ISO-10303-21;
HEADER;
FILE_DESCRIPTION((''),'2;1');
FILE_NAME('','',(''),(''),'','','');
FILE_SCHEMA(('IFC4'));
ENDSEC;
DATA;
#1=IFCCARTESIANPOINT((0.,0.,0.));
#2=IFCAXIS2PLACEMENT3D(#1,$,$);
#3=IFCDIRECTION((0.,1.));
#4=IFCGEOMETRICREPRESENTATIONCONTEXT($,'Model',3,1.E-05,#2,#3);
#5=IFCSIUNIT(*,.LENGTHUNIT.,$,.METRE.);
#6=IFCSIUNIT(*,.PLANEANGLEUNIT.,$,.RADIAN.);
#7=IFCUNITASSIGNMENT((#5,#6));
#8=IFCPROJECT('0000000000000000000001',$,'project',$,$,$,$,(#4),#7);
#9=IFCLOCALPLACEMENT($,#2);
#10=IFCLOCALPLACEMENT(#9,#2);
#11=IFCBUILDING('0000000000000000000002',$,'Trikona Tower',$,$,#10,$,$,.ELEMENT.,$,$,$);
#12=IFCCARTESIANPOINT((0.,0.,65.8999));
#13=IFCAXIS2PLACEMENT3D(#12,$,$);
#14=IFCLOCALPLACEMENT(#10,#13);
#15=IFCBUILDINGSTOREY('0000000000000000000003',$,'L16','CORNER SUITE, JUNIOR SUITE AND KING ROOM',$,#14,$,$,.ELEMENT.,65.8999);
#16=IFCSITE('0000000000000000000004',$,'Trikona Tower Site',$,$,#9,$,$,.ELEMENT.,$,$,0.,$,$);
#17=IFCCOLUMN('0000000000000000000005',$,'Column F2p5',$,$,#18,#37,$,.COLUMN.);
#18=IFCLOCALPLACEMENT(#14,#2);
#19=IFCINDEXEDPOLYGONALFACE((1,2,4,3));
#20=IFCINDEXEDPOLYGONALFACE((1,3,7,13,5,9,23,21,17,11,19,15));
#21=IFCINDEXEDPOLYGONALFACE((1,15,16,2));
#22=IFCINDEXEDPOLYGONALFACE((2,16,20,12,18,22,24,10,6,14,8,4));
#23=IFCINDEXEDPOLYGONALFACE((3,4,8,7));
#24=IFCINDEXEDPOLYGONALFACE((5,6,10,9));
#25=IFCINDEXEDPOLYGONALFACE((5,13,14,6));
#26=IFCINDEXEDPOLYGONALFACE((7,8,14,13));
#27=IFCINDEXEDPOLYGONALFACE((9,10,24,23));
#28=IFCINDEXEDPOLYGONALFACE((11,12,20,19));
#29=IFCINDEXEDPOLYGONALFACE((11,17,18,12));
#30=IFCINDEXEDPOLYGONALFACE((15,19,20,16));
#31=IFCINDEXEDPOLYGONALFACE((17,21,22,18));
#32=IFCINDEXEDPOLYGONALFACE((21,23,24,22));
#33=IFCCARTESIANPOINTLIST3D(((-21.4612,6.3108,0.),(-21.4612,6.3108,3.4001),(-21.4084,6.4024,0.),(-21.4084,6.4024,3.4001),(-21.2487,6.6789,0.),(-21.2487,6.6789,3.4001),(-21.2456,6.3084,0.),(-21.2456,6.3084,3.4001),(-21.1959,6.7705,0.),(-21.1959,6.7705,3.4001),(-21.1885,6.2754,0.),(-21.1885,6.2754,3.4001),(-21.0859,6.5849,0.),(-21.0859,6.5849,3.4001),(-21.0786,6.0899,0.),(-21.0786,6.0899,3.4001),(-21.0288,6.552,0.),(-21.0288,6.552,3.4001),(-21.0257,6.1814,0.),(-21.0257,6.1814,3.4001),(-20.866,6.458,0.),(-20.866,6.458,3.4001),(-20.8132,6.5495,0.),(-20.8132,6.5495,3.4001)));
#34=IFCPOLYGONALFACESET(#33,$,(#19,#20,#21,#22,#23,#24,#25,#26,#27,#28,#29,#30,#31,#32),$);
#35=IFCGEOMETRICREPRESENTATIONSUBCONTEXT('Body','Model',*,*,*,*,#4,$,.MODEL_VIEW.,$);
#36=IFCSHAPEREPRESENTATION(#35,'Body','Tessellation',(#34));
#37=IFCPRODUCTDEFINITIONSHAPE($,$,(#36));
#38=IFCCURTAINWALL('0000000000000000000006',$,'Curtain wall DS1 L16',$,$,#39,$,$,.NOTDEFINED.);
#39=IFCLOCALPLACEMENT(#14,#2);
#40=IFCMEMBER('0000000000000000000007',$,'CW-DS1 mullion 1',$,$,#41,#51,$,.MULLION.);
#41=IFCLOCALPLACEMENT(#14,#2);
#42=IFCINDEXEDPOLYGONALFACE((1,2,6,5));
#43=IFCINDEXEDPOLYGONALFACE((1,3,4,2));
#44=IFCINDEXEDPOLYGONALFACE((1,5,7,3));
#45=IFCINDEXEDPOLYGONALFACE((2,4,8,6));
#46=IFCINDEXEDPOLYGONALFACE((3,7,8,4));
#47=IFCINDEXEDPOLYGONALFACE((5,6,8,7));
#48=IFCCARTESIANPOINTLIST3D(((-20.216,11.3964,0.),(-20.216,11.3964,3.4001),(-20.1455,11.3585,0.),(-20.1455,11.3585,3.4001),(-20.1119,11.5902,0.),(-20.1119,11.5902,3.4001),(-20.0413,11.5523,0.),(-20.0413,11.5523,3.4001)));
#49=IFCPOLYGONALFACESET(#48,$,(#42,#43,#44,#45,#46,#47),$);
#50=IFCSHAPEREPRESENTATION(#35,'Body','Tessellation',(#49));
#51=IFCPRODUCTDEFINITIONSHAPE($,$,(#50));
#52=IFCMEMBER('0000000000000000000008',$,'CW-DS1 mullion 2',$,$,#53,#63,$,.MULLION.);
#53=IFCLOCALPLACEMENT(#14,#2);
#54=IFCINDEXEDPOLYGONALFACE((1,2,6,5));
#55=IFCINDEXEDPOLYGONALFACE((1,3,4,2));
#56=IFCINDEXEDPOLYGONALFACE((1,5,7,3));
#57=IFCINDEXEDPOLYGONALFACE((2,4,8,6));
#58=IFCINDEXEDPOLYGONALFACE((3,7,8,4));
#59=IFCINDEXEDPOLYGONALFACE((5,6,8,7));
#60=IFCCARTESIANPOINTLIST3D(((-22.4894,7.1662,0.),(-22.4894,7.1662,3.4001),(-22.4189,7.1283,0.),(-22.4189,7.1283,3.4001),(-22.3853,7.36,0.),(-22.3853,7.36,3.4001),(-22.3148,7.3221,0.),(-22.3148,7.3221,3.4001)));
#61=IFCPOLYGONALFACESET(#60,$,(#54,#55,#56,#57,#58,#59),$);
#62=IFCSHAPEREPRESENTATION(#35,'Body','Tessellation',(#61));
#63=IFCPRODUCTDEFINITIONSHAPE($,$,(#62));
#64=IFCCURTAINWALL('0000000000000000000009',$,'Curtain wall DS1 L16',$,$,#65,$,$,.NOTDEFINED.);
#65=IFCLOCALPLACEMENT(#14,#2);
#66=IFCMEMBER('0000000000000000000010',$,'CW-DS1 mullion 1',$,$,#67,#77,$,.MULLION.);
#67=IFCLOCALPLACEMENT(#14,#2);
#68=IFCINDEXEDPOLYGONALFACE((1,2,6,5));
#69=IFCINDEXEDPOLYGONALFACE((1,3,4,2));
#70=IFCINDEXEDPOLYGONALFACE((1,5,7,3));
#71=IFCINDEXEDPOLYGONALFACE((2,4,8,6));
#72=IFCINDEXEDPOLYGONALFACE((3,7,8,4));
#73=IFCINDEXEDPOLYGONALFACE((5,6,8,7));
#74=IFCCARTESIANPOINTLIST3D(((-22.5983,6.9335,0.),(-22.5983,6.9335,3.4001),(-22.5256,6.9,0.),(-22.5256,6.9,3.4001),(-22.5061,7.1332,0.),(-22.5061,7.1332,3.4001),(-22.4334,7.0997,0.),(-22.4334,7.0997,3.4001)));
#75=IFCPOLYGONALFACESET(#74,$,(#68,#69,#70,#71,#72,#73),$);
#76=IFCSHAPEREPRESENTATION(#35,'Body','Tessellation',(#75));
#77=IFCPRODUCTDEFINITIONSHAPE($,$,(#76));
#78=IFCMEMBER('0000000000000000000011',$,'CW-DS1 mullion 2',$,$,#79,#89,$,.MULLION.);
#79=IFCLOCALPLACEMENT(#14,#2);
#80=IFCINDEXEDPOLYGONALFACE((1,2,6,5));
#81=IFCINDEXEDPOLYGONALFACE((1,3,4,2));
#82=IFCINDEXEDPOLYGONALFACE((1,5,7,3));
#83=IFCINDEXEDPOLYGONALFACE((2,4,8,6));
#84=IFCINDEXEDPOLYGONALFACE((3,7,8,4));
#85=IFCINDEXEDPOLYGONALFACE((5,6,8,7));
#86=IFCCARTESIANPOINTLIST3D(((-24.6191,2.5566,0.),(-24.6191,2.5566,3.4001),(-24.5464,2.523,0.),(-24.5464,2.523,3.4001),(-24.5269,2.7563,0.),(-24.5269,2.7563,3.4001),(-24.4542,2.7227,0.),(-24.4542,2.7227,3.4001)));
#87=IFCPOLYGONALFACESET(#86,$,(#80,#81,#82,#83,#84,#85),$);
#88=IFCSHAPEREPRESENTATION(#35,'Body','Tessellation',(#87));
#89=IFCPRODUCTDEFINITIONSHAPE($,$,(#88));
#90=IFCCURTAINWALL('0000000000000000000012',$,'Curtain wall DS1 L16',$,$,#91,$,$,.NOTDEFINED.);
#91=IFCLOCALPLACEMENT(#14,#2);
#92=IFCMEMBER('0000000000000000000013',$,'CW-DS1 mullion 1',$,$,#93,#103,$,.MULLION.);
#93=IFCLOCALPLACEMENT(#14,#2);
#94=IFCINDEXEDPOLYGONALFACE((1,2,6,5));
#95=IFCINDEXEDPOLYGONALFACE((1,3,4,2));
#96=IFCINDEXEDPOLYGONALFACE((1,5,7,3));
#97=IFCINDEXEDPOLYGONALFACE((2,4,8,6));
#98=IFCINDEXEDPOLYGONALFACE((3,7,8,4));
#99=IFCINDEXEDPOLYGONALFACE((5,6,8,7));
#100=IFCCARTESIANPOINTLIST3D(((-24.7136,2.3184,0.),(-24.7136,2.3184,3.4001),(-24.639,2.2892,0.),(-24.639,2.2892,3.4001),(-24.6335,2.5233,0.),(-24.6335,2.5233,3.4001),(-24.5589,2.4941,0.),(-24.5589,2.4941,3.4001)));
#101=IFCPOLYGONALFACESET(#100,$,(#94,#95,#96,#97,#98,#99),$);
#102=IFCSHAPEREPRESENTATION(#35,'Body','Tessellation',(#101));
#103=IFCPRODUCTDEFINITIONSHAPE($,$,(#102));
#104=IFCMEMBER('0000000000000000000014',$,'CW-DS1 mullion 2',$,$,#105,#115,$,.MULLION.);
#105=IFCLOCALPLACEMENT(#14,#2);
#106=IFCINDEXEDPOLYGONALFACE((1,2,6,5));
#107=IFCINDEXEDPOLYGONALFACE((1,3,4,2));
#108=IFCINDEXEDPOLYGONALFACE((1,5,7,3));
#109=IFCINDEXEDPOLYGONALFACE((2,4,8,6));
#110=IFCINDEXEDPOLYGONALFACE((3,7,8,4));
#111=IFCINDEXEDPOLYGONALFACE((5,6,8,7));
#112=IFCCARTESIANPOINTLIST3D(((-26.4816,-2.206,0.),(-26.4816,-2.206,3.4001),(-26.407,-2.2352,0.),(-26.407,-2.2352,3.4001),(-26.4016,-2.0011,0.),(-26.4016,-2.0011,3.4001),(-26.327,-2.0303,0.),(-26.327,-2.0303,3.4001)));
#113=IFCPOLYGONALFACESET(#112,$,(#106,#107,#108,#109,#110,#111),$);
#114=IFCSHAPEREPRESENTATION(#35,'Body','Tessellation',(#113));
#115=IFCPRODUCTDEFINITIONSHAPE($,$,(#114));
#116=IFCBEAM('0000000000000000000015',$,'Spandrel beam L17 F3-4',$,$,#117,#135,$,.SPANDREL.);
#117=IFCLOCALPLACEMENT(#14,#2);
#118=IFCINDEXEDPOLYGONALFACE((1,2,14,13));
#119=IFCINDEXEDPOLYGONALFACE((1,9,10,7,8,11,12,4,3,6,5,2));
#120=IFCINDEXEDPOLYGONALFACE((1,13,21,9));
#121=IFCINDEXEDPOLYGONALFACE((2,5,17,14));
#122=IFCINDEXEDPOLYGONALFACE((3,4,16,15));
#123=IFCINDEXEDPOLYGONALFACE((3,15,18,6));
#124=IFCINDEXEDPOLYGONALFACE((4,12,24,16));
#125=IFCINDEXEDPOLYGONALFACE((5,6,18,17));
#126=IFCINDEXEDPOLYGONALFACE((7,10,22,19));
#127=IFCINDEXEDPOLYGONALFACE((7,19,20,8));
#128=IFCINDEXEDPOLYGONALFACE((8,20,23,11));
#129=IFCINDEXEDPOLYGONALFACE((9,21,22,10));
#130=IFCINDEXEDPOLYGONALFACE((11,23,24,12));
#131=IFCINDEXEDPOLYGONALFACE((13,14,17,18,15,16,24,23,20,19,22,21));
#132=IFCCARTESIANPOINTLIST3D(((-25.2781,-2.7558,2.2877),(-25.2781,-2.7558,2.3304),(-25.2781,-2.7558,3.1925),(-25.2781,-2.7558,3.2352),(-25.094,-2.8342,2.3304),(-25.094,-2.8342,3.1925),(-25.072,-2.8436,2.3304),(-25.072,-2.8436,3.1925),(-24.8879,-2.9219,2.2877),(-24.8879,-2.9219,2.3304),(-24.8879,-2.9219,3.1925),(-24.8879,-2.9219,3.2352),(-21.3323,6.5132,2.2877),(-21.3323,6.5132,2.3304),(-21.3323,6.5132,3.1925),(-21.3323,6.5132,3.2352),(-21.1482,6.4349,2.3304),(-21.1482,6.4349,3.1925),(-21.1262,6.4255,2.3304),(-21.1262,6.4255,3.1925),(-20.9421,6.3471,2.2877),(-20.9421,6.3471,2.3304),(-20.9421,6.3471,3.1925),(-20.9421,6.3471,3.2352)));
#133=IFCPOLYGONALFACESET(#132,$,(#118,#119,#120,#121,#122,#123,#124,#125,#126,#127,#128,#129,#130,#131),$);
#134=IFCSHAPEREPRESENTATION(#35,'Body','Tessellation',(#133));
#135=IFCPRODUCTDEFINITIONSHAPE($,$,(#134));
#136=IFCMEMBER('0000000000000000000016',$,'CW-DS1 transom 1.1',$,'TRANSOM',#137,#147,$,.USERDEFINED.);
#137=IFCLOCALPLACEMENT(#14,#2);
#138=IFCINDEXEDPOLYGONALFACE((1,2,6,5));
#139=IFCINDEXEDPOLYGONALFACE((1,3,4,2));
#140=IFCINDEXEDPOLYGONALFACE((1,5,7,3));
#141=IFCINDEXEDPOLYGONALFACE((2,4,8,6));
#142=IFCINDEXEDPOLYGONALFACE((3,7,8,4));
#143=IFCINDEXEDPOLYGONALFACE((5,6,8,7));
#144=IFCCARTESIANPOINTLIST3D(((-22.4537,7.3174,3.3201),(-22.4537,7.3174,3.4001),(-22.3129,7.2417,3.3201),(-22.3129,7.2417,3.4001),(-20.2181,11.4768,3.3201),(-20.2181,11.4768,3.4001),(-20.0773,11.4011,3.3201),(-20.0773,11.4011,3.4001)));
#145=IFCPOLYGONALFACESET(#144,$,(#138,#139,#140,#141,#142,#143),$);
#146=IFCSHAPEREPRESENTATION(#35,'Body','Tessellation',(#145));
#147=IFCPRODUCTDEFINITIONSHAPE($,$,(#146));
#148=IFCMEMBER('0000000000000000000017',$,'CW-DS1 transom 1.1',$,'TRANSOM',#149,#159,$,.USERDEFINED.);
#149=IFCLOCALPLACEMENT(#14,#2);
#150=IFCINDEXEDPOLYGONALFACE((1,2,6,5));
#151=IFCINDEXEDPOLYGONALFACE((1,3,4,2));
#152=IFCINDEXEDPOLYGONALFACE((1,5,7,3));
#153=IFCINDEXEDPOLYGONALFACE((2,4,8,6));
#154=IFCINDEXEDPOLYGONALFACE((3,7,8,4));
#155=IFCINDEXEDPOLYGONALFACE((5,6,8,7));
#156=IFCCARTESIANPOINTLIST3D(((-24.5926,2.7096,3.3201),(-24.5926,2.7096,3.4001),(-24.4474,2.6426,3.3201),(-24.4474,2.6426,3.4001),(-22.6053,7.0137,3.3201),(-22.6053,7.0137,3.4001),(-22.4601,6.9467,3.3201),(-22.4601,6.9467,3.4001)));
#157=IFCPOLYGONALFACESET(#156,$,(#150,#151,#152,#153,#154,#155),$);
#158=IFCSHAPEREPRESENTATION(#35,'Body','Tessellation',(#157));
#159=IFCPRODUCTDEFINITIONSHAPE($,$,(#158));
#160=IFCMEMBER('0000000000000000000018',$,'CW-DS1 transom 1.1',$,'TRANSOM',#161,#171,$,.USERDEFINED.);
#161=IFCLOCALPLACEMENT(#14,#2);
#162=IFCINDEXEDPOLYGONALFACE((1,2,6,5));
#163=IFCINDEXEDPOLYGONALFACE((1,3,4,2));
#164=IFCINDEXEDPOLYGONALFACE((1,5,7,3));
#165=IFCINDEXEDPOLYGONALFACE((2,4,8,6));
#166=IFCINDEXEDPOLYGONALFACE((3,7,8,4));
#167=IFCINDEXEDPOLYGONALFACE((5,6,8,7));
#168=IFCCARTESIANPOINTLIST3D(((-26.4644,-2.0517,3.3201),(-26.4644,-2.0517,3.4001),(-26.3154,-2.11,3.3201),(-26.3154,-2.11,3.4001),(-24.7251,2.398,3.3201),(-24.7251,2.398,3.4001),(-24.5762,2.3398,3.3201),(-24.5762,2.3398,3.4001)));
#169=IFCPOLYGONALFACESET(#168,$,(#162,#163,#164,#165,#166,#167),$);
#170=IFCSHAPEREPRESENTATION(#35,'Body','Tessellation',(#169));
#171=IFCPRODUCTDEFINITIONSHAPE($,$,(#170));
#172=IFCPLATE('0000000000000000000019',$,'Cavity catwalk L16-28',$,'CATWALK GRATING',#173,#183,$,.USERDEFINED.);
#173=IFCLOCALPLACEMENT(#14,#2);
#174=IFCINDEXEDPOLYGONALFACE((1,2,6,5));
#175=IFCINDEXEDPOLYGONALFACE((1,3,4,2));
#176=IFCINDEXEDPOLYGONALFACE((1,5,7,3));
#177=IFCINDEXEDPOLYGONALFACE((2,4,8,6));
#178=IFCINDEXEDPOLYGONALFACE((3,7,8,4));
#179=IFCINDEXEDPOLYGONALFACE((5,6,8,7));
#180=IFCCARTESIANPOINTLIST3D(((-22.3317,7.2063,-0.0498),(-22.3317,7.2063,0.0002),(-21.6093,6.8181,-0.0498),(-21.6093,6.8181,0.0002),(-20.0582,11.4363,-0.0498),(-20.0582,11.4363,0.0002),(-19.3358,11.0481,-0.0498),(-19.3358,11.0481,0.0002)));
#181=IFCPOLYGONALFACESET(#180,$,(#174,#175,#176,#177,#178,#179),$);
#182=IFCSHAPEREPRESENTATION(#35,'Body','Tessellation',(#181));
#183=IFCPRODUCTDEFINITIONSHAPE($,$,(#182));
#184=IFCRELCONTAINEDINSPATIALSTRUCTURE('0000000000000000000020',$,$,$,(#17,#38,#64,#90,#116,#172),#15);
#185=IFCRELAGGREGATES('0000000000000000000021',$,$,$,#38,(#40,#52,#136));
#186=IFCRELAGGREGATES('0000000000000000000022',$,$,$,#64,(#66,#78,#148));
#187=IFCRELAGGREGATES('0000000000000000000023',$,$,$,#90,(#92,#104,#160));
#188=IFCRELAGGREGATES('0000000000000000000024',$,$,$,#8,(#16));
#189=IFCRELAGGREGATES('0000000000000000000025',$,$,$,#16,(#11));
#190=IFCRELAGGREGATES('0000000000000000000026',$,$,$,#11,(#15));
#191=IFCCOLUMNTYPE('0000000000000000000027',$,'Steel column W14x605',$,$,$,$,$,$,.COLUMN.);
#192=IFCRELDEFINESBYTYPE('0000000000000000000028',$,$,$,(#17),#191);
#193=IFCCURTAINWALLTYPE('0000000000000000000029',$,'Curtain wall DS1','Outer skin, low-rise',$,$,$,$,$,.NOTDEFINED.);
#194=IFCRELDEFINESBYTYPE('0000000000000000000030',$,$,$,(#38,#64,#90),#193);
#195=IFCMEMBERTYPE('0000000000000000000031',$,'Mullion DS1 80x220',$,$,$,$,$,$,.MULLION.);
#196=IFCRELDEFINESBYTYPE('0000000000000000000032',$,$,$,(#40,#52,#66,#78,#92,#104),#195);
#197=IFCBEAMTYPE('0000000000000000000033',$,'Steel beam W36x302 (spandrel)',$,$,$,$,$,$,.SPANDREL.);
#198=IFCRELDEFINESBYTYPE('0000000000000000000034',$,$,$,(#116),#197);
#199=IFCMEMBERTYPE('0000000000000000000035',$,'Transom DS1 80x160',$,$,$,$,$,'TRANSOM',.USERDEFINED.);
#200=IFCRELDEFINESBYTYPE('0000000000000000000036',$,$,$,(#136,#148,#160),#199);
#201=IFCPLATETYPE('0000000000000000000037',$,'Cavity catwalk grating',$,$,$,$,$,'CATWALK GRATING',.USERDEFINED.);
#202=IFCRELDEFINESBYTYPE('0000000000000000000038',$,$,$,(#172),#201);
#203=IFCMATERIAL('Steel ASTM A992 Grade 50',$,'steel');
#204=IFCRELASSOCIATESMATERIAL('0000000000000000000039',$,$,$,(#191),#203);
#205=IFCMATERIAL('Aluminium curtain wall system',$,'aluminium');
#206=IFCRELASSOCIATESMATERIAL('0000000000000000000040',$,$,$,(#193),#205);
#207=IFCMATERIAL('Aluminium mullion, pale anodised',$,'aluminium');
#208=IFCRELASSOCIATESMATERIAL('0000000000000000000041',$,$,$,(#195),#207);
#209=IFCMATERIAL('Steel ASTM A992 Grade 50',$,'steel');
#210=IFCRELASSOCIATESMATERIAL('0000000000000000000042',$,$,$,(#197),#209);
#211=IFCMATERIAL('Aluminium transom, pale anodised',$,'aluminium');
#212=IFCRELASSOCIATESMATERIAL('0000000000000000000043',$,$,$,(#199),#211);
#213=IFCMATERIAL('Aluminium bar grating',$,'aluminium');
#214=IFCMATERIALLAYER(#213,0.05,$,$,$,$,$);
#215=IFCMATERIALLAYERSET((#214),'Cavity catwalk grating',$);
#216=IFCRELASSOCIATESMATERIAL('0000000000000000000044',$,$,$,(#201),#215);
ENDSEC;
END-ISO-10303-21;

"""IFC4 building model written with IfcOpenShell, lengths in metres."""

from ifc_helpers import new_model, si_unit, direction, frame, origin, origin_2d, place, context, subcontext, project, spatial, rectangle, i_section, extrude, material, layer, layer_set, material_profile, profile_set, type_object, element, aggregate, save


model = new_model("IFC4")

# Units and contexts
model_context = context("Model", 3, precision=1e-05, world=origin(), true_north=direction((0.0, 1.0)))
body_context = subcontext(model_context, "Body", "Model", "MODEL_VIEW")
ifc_project = project(units=[si_unit("LENGTHUNIT", "METRE"), si_unit("PLANEANGLEUNIT", "RADIAN")], contexts=[model_context])

# Site, building, storey
site_placement = place(None, origin())
site = spatial("IfcSite", under=ifc_project, at=site_placement, Name="Trikona Tower Site", CompositionType="ELEMENT", RefElevation=0.0)
building_placement = place(site_placement, origin())
building = spatial("IfcBuilding", under=site, at=building_placement, Name="Trikona Tower", CompositionType="ELEMENT")
storey_placement = place(building_placement, frame((0.0, 0.0, 65.8999)))
storey = spatial("IfcBuildingStorey", under=building, at=storey_placement, Name="L16", Description="CORNER SUITE, JUNIOR SUITE AND KING ROOM", CompositionType="ELEMENT", Elevation=65.8999)

# Column
ifc_material_1 = material(Name="Steel ASTM A992 Grade 50", Category="steel")
ifc_material_profile_1 = material_profile(ifc_material_1, i_section(OverallWidth=0.4419, OverallDepth=0.5308, WebThickness=0.0659, FlangeThickness=0.1057, at=origin_2d()), Name="W14X605")
ifc_profile_set_1 = profile_set([ifc_material_profile_1], Name="Steel ASTM A992 Grade 50")
column_type = type_object("IfcColumnType", Name="Steel column W14x605", PredefinedType="COLUMN", material=ifc_profile_set_1)
column_placement = place(storey_placement, frame((-21.1372, 6.4302, 0.0), z_axis=(0.0, 0.0, 1.0), x_axis=(-0.866025, 0.5, 0.0)))
element("IfcColumn", 1, at=column_placement, inside=storey, type_object=column_type, Name="Column F2p5", PredefinedType="COLUMN", context=body_context, shape_type="SweptSolid", body=[
    extrude(i_section(OverallWidth=0.4419, OverallDepth=0.5308, WebThickness=0.0659, FlangeThickness=0.1057, at=origin_2d()), origin(), (0.0, 0.0, 1.0), 3.4001),
])

# Curtain walls, members
ifc_material_2 = material(Name="Aluminium curtain wall system", Category="aluminium")
curtain_wall_type = type_object("IfcCurtainWallType", Name="Curtain wall DS1", Description="Outer skin, low-rise", PredefinedType="NOTDEFINED", material=ifc_material_2)
curtain_wall_1_placement = place(storey_placement, origin())
curtain_wall_1 = element("IfcCurtainWall", 2, at=curtain_wall_1_placement, inside=storey, type_object=curtain_wall_type, Name="Curtain wall DS1 L16", PredefinedType="NOTDEFINED")
ifc_material_3 = material(Name="Aluminium mullion, pale anodised", Category="aluminium")
ifc_material_profile_2 = material_profile(ifc_material_3, rectangle(XDim=0.0801, YDim=0.22, at=origin_2d()), Name="MUL-DS1")
ifc_profile_set_2 = profile_set([ifc_material_profile_2], Name="Aluminium mullion, pale anodised")
member_type_1 = type_object("IfcMemberType", Name="Mullion DS1 80x220", PredefinedType="MULLION", material=ifc_profile_set_2)
member_1_placement = place(storey_placement, frame((-20.1287, 11.4744, 0.0), z_axis=(0.0, 0.0, 1.0), x_axis=(0.880843, -0.473408, 0.0)))
member_1 = element("IfcMember", 3, at=member_1_placement, type_object=member_type_1, Name="CW-DS1 mullion 1", PredefinedType="MULLION", context=body_context, shape_type="SweptSolid", body=[
    extrude(rectangle(XDim=0.0801, YDim=0.22, at=origin_2d()), origin(), (0.0, 0.0, 1.0), 3.4001),
])
member_2_placement = place(storey_placement, frame((-22.4021, 7.2441, 0.0), z_axis=(0.0, 0.0, 1.0), x_axis=(0.880843, -0.473408, 0.0)))
member_2 = element("IfcMember", 4, at=member_2_placement, type_object=member_type_1, Name="CW-DS1 mullion 2", PredefinedType="MULLION", context=body_context, shape_type="SweptSolid", body=[
    extrude(rectangle(XDim=0.0801, YDim=0.22, at=origin_2d()), origin(), (0.0, 0.0, 1.0), 3.4001),
])
curtain_wall_2_placement = place(storey_placement, origin())
curtain_wall_2 = element("IfcCurtainWall", 5, at=curtain_wall_2_placement, inside=storey, type_object=curtain_wall_type, Name="Curtain wall DS1 L16", PredefinedType="NOTDEFINED")
member_3_placement = place(storey_placement, frame((-22.5159, 7.0166, 0.0), z_axis=(0.0, 0.0, 1.0), x_axis=(0.907898, -0.41919, 0.0)))
member_3 = element("IfcMember", 6, at=member_3_placement, type_object=member_type_1, Name="CW-DS1 mullion 1", PredefinedType="MULLION", context=body_context, shape_type="SweptSolid", body=[
    extrude(rectangle(XDim=0.0801, YDim=0.22, at=origin_2d()), origin(), (0.0, 0.0, 1.0), 3.4001),
])
member_4_placement = place(storey_placement, frame((-24.5366, 2.6396, 0.0), z_axis=(0.0, 0.0, 1.0), x_axis=(0.907898, -0.41919, 0.0)))
member_4 = element("IfcMember", 7, at=member_4_placement, type_object=member_type_1, Name="CW-DS1 mullion 2", PredefinedType="MULLION", context=body_context, shape_type="SweptSolid", body=[
    extrude(rectangle(XDim=0.0801, YDim=0.22, at=origin_2d()), origin(), (0.0, 0.0, 1.0), 3.4001),
])
curtain_wall_3_placement = place(storey_placement, origin())
curtain_wall_3 = element("IfcCurtainWall", 8, at=curtain_wall_3_placement, inside=storey, type_object=curtain_wall_type, Name="Curtain wall DS1 L16", PredefinedType="NOTDEFINED")
member_5_placement = place(storey_placement, frame((-24.6362, 2.4062, 0.0), z_axis=(0.0, 0.0, 1.0), x_axis=(0.931396, -0.364008, 0.0)))
member_5 = element("IfcMember", 9, at=member_5_placement, type_object=member_type_1, Name="CW-DS1 mullion 1", PredefinedType="MULLION", context=body_context, shape_type="SweptSolid", body=[
    extrude(rectangle(XDim=0.0801, YDim=0.22, at=origin_2d()), origin(), (0.0, 0.0, 1.0), 3.4001),
])
member_6_placement = place(storey_placement, frame((-26.4043, -2.1182, 0.0), z_axis=(0.0, 0.0, 1.0), x_axis=(0.931396, -0.364008, 0.0)))
member_6 = element("IfcMember", 10, at=member_6_placement, type_object=member_type_1, Name="CW-DS1 mullion 2", PredefinedType="MULLION", context=body_context, shape_type="SweptSolid", body=[
    extrude(rectangle(XDim=0.0801, YDim=0.22, at=origin_2d()), origin(), (0.0, 0.0, 1.0), 3.4001),
])

# Beam
ifc_material_4 = material(Name="Steel ASTM A992 Grade 50", Category="steel")
ifc_material_profile_3 = material_profile(ifc_material_4, i_section(OverallWidth=0.4241, OverallDepth=0.9475, WebThickness=0.0239, FlangeThickness=0.0427, at=origin_2d()), Name="W36X302")
ifc_profile_set_3 = profile_set([ifc_material_profile_3], Name="Steel ASTM A992 Grade 50")
beam_type = type_object("IfcBeamType", Name="Steel beam W36x302 (spandrel)", PredefinedType="SPANDREL", material=ifc_profile_set_3)
beam_placement = place(storey_placement, frame((-21.1372, 6.4302, 2.7615), z_axis=(-0.391684, -0.9201, 0.0), x_axis=(0.9201, -0.391684, 0.0)))
element("IfcBeam", 11, at=beam_placement, inside=storey, type_object=beam_type, Name="Spandrel beam L17 F3-4", PredefinedType="SPANDREL", context=body_context, shape_type="SweptSolid", body=[
    extrude(i_section(OverallWidth=0.4241, OverallDepth=0.9475, WebThickness=0.0239, FlangeThickness=0.0427, at=origin_2d()), origin(), (0.0, 0.0, 1.0), 10.074),
])

# Members
ifc_material_5 = material(Name="Aluminium transom, pale anodised", Category="aluminium")
ifc_material_profile_4 = material_profile(ifc_material_5, rectangle(XDim=0.1599, YDim=0.0801, at=origin_2d()), Name="TRN-DS1")
ifc_profile_set_4 = profile_set([ifc_material_profile_4], Name="Aluminium transom, pale anodised")
member_type_2 = type_object("IfcMemberType", Name="Transom DS1 80x160", ElementType="TRANSOM", PredefinedType="USERDEFINED", material=ifc_profile_set_4)
member_7_placement = place(storey_placement, frame((-20.1477, 11.439, 3.3601), z_axis=(-0.473428, -0.880833, 0.0), x_axis=(0.880833, -0.473428, 0.0)))
member_7 = element("IfcMember", 12, at=member_7_placement, type_object=member_type_2, Name="CW-DS1 transom 1.1", ObjectType="TRANSOM", PredefinedType="USERDEFINED", context=body_context, shape_type="SweptSolid", body=[
    extrude(rectangle(XDim=0.1599, YDim=0.0801, at=origin_2d()), origin(), (0.0, 0.0, 1.0), 4.7222),
])
member_8_placement = place(storey_placement, frame((-22.5327, 6.9802, 3.3601), z_axis=(-0.419189, -0.907899, 0.0), x_axis=(0.907899, -0.419189, 0.0)))
member_8 = element("IfcMember", 13, at=member_8_placement, type_object=member_type_2, Name="CW-DS1 transom 1.1", ObjectType="TRANSOM", PredefinedType="USERDEFINED", context=body_context, shape_type="SweptSolid", body=[
    extrude(rectangle(XDim=0.1599, YDim=0.0801, at=origin_2d()), origin(), (0.0, 0.0, 1.0), 4.7407),
])
member_9_placement = place(storey_placement, frame((-24.6506, 2.3689, 3.3601), z_axis=(-0.364049, -0.93138, 0.0), x_axis=(0.93138, -0.364049, 0.0)))
member_9 = element("IfcMember", 14, at=member_9_placement, type_object=member_type_2, Name="CW-DS1 transom 1.1", ObjectType="TRANSOM", PredefinedType="USERDEFINED", context=body_context, shape_type="SweptSolid", body=[
    extrude(rectangle(XDim=0.1599, YDim=0.0801, at=origin_2d()), origin(), (0.0, 0.0, 1.0), 4.7776),
])

# Plate
ifc_material_6 = material(Name="Aluminium bar grating", Category="aluminium")
ifc_layer_1 = layer(ifc_material_6, 0.05)
ifc_layer_set_1 = layer_set([ifc_layer_1], Name="Cavity catwalk grating")
plate_type_1 = type_object("IfcPlateType", Name="Cavity catwalk grating", ElementType="CATWALK GRATING", PredefinedType="USERDEFINED", material=ifc_layer_set_1)
plate_1_placement = place(storey_placement, frame((-20.8337, 9.1272, -0.0498), z_axis=(0.0, 0.0, 1.0), x_axis=(-0.473423, -0.880835, 0.0)))
element("IfcPlate", 15, at=plate_1_placement, inside=storey, type_object=plate_type_1, Name="Cavity catwalk L16-28", ObjectType="CATWALK GRATING", PredefinedType="USERDEFINED", context=body_context, shape_type="SweptSolid", body=[
    extrude(rectangle(XDim=4.8022, YDim=0.8201, at=origin_2d()), origin(), (0.0, 0.0, 1.0), 0.05),
])

aggregate(curtain_wall_1, [member_1, member_2, member_7])
aggregate(curtain_wall_2, [member_3, member_4, member_8])
aggregate(curtain_wall_3, [member_5, member_6, member_9])

save(model, "model.ifc")
